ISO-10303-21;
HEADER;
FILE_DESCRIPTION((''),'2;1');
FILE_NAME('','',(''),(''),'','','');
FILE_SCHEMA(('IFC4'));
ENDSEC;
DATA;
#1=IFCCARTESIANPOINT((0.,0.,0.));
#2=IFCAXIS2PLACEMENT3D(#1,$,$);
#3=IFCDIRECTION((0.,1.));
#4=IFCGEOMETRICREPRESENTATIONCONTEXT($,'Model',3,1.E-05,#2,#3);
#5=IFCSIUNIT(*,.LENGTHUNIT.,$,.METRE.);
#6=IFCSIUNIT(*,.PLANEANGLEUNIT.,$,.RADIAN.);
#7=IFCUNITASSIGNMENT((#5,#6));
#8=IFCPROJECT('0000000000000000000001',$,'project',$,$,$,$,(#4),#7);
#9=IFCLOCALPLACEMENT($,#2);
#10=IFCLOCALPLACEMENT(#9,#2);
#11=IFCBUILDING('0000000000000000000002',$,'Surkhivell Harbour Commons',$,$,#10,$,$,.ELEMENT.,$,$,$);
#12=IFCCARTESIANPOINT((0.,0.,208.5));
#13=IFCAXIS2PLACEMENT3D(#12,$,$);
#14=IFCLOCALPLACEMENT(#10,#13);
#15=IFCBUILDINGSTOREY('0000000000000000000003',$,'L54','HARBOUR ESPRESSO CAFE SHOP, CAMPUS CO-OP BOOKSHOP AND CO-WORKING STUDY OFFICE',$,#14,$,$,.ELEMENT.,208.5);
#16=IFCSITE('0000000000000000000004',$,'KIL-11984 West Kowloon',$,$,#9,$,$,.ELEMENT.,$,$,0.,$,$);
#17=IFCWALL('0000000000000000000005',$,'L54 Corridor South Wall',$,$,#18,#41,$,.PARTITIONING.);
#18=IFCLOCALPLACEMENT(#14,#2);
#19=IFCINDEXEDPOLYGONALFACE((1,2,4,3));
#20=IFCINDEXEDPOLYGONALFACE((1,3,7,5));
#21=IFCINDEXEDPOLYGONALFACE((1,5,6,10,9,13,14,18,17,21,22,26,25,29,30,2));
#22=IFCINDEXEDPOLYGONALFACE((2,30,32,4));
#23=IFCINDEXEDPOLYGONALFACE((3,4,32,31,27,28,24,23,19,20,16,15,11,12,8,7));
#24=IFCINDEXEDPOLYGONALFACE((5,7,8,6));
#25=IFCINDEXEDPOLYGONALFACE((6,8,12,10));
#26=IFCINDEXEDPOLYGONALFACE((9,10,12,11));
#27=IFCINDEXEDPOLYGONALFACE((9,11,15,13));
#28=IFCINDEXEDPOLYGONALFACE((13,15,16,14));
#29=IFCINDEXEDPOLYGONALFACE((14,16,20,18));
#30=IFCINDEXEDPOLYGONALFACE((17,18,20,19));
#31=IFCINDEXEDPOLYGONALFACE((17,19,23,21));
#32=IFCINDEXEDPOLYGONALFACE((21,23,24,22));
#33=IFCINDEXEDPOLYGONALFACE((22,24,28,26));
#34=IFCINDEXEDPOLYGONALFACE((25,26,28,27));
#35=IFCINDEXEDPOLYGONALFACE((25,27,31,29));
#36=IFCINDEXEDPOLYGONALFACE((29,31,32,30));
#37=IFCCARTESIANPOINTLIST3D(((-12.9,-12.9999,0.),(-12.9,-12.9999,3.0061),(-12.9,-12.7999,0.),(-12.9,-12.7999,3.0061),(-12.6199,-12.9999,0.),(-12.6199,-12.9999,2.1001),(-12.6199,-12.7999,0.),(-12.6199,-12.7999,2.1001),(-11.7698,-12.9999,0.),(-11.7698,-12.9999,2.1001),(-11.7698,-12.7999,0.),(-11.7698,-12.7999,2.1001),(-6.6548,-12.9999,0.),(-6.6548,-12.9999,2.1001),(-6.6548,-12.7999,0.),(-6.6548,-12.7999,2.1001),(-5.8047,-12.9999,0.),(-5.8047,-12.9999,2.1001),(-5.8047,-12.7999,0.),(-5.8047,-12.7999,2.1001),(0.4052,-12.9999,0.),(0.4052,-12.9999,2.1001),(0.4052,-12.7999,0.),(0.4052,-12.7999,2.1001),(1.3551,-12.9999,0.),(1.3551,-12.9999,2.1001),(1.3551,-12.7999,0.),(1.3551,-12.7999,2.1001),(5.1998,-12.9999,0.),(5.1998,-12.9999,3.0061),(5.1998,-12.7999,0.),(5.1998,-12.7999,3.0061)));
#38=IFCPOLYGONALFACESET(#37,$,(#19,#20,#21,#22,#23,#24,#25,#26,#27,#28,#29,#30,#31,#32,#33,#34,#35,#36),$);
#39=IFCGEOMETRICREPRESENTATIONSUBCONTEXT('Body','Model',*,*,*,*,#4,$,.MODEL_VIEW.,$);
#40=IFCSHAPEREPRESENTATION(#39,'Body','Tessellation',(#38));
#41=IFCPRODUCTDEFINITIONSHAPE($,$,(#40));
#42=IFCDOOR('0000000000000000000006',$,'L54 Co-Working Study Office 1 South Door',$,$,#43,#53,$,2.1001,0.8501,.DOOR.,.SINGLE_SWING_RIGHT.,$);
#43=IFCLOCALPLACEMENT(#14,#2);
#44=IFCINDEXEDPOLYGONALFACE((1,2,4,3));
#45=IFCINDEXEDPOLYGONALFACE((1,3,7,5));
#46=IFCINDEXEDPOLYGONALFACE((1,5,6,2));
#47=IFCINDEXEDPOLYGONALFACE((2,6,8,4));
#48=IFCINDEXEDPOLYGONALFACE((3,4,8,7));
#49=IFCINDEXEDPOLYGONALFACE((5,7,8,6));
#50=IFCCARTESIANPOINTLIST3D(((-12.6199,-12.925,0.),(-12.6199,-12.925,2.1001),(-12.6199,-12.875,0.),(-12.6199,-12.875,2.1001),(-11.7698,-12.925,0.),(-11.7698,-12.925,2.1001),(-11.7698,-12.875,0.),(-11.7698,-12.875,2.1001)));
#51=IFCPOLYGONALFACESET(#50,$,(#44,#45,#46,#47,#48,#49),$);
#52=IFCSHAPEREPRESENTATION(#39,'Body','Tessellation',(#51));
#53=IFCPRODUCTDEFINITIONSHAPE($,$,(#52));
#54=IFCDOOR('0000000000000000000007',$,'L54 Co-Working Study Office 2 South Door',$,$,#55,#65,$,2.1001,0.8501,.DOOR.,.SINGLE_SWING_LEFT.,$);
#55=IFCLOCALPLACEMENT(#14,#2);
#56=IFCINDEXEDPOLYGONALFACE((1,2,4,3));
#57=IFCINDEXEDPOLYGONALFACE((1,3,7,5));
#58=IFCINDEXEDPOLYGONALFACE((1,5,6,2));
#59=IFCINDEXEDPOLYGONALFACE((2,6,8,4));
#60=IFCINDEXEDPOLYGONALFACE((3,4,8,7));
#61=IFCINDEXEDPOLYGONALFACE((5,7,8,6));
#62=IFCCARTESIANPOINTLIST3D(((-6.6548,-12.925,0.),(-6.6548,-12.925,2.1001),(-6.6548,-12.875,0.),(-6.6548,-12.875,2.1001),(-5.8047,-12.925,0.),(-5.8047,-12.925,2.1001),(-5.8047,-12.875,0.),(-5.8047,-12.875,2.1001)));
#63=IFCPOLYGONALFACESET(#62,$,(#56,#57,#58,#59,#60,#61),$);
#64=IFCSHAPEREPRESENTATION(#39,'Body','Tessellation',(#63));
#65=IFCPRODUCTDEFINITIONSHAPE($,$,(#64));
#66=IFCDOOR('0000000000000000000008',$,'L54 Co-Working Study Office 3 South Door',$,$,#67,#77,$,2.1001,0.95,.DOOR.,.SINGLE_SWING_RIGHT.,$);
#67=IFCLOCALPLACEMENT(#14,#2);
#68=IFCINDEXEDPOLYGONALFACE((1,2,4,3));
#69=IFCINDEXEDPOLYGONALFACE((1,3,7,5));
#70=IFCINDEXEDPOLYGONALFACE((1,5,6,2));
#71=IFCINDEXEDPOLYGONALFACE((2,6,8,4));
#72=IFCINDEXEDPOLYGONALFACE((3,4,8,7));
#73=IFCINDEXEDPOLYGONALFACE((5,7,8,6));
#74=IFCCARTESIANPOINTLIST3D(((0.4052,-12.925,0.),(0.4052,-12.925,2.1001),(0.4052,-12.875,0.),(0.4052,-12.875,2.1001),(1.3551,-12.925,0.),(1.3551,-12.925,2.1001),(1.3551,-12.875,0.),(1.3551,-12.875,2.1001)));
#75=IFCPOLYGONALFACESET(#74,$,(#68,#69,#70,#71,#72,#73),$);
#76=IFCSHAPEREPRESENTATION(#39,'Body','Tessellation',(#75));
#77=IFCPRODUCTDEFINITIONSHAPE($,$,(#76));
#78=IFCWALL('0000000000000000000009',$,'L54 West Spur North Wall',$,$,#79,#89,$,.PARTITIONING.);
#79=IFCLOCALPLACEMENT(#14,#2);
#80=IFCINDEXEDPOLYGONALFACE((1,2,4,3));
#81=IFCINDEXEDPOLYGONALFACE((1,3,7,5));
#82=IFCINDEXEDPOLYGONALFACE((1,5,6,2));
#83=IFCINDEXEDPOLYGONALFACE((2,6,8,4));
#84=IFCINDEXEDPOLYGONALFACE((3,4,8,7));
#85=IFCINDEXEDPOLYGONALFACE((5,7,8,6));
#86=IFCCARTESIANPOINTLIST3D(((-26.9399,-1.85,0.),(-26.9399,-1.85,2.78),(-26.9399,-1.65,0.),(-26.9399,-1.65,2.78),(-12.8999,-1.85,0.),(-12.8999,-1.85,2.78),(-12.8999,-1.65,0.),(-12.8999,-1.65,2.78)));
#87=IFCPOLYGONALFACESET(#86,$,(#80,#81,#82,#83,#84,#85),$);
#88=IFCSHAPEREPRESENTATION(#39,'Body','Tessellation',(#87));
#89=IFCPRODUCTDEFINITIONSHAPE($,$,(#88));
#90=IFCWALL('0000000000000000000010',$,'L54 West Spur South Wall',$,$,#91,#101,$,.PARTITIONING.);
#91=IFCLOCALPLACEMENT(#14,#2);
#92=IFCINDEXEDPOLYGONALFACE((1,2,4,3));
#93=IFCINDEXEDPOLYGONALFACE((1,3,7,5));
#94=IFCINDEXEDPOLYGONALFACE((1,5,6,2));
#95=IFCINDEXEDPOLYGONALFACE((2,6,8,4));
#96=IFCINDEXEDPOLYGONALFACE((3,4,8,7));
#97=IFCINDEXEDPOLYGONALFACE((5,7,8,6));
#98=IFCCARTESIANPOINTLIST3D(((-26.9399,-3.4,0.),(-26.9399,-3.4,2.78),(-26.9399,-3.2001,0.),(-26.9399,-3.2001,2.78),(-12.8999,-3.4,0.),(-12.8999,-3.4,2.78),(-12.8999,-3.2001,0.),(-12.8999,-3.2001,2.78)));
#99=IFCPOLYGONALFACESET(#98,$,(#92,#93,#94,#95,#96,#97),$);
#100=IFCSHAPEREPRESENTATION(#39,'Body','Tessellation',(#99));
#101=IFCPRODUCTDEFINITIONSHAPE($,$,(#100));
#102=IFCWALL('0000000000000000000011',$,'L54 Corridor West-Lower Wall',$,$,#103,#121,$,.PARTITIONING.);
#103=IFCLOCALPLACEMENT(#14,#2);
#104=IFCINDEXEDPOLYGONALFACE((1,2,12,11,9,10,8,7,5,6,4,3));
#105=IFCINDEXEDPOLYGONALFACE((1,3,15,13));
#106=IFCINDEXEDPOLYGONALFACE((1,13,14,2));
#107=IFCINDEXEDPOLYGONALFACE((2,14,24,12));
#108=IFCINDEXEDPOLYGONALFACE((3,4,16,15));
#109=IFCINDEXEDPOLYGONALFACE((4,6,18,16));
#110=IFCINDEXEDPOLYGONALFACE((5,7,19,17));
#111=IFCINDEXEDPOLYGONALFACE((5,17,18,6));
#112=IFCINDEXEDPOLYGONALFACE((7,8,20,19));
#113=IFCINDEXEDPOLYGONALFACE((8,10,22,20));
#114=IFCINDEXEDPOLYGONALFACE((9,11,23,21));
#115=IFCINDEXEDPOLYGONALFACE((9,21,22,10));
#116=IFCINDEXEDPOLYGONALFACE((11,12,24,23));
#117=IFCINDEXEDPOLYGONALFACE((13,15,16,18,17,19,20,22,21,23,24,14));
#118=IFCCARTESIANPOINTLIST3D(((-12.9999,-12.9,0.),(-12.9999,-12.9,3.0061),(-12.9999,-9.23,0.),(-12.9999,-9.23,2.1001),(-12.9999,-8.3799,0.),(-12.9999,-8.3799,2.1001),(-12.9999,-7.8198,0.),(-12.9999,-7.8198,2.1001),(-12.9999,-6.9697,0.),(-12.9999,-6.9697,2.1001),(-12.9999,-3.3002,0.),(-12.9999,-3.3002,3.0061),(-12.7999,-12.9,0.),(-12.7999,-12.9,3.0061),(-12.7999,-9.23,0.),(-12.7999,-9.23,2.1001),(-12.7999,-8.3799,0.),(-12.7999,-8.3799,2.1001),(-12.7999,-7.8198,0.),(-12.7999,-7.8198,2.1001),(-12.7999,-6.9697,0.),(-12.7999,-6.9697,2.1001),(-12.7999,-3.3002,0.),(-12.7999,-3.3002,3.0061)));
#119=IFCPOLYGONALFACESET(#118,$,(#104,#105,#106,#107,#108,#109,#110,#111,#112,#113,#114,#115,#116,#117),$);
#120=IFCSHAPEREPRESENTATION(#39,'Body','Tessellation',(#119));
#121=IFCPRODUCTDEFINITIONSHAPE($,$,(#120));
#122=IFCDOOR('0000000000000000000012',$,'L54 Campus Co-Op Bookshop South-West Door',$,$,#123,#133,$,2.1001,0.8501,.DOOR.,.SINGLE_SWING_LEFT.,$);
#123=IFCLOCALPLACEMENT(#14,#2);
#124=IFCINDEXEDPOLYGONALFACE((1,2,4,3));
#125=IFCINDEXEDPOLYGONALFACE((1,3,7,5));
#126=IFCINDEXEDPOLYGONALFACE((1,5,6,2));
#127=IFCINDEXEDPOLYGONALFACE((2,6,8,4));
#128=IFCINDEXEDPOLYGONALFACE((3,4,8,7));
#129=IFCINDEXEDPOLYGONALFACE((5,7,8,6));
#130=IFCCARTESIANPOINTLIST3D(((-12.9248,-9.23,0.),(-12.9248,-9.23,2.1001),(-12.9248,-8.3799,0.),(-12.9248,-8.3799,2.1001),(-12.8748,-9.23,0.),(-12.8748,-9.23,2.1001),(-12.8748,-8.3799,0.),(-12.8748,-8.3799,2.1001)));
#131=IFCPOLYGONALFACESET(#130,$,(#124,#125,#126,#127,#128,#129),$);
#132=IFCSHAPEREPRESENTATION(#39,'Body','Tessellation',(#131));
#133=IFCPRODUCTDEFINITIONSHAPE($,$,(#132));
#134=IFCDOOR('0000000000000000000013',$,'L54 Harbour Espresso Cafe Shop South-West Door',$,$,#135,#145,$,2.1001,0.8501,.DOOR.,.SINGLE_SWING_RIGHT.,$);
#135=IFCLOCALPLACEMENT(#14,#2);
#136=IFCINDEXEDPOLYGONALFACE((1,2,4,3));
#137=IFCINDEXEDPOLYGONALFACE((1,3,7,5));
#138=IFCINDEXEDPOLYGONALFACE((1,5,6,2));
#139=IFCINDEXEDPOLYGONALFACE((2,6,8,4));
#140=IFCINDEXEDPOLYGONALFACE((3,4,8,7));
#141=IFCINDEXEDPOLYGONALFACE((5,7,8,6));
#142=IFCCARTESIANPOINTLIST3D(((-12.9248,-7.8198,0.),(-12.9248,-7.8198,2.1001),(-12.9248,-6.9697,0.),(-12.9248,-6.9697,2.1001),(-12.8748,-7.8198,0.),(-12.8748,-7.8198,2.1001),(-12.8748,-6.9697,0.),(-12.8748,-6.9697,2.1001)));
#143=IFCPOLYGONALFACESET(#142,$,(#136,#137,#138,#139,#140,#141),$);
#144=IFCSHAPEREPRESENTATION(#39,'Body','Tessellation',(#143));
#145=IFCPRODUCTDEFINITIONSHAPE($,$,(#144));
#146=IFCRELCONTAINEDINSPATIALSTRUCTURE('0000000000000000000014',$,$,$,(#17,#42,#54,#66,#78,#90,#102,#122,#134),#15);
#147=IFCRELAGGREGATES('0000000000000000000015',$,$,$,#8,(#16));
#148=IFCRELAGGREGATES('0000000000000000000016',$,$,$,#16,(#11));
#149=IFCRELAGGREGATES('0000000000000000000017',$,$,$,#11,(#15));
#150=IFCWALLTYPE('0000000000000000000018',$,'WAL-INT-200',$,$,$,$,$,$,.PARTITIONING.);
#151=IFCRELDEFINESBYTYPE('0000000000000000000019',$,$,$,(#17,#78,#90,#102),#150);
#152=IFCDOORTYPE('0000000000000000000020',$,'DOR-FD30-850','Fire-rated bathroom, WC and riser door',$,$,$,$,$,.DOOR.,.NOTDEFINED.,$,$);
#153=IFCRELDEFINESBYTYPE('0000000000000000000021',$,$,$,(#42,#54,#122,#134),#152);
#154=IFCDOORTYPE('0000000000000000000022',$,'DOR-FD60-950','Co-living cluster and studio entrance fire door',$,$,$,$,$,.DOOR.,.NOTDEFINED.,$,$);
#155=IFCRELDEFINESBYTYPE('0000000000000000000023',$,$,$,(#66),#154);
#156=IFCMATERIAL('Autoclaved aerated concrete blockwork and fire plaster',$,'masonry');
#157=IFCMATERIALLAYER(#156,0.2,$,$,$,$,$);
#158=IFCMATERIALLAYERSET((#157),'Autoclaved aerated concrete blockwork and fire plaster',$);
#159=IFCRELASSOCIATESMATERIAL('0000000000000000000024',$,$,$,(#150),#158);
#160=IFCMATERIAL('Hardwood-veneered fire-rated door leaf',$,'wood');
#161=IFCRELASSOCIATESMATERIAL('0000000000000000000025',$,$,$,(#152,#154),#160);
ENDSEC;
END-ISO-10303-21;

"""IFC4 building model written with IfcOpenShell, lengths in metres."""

from ifc_helpers import new_model, si_unit, direction, frame, frame_2d, origin, place, context, subcontext, project, spatial, rectangle, extrude, material, layer, layer_set, type_object, element, fill, save


model = new_model("IFC4")

# Units and contexts
model_context = context("Model", 3, precision=1e-05, world=origin(), true_north=direction((0.0, 1.0)))
body_context = subcontext(model_context, "Body", "Model", "MODEL_VIEW")
ifc_project = project(units=[si_unit("LENGTHUNIT", "METRE"), si_unit("PLANEANGLEUNIT", "RADIAN")], contexts=[model_context])

# Site, building, storey
site_placement = place(None, origin())
site = spatial("IfcSite", under=ifc_project, at=site_placement, Name="KIL-11984 West Kowloon", CompositionType="ELEMENT", RefElevation=0.0)
building_placement = place(site_placement, origin())
building = spatial("IfcBuilding", under=site, at=building_placement, Name="Surkhivell Harbour Commons", CompositionType="ELEMENT")
storey_placement = place(building_placement, frame((0.0, 0.0, 208.5)))
storey = spatial("IfcBuildingStorey", under=building, at=storey_placement, Name="L54", Description="HARBOUR ESPRESSO CAFE SHOP, CAMPUS CO-OP BOOKSHOP AND CO-WORKING STUDY OFFICE", CompositionType="ELEMENT", Elevation=208.5)

# Wall, openings, doors
ifc_material_1 = material(Name="Autoclaved aerated concrete blockwork and fire plaster", Category="masonry")
ifc_layer_1 = layer(ifc_material_1, 0.2)
ifc_layer_set_1 = layer_set([ifc_layer_1], Name="Autoclaved aerated concrete blockwork and fire plaster")
wall_type_1 = type_object("IfcWallType", Name="WAL-INT-200", PredefinedType="PARTITIONING", material=ifc_layer_set_1)
wall_1_placement = place(storey_placement, frame((-12.8999, -12.8999, 0.0), z_axis=(0.0, 0.0, 1.0), x_axis=(1.0, 0.0, 0.0)))
wall_1 = element("IfcWall", 1, at=wall_1_placement, inside=storey, type_object=wall_type_1, Name="L54 Corridor South Wall", PredefinedType="PARTITIONING", context=body_context, shape_type="SweptSolid", body=[
    extrude(rectangle(XDim=18.0999, YDim=0.2, at=frame_2d((9.0498, 0.0))), origin(), (0.0, 0.0, 1.0), 3.0061),
])
opening_1_placement = place(wall_1_placement, frame((0.28, 0.0, 0.0)))
opening_1 = element("IfcOpeningElement", 2, at=opening_1_placement, cuts=wall_1, PredefinedType="OPENING", context=body_context, shape_type="SweptSolid", body=[
    extrude(rectangle(XDim=0.8501, YDim=2.1001, at=frame_2d((0.425, 1.05))), frame((0.0, 0.1099, 0.0), z_axis=(0.0, -1.0, 0.0), x_axis=(1.0, 0.0, 0.0)), (0.0, 0.0, 1.0), 0.22),
])
opening_2_placement = place(wall_1_placement, frame((6.2451, 0.0, 0.0)))
opening_2 = element("IfcOpeningElement", 3, at=opening_2_placement, cuts=wall_1, PredefinedType="OPENING", context=body_context, shape_type="SweptSolid", body=[
    extrude(rectangle(XDim=0.8501, YDim=2.1001, at=frame_2d((0.425, 1.05))), frame((0.0, 0.1099, 0.0), z_axis=(0.0, -1.0, 0.0), x_axis=(1.0, 0.0, 0.0)), (0.0, 0.0, 1.0), 0.22),
])
opening_3_placement = place(wall_1_placement, frame((13.3049, 0.0, 0.0)))
opening_3 = element("IfcOpeningElement", 4, at=opening_3_placement, cuts=wall_1, PredefinedType="OPENING", context=body_context, shape_type="SweptSolid", body=[
    extrude(rectangle(XDim=0.95, YDim=2.1001, at=frame_2d((0.4751, 1.05))), frame((0.0, 0.1099, 0.0), z_axis=(0.0, -1.0, 0.0), x_axis=(1.0, 0.0, 0.0)), (0.0, 0.0, 1.0), 0.22),
])
ifc_material_2 = material(Name="Hardwood-veneered fire-rated door leaf", Category="wood")
door_type_1 = type_object("IfcDoorType", Name="DOR-FD30-850", Description="Fire-rated bathroom, WC and riser door", OperationType="NOTDEFINED", PredefinedType="DOOR", material=ifc_material_2)
door_1_placement = place(opening_1_placement, origin())
door_1 = element("IfcDoor", 5, at=door_1_placement, inside=storey, type_object=door_type_1, Name="L54 Co-Working Study Office 1 South Door", OperationType="SINGLE_SWING_RIGHT", OverallHeight=2.1001, OverallWidth=0.8501, PredefinedType="DOOR", context=body_context, shape_type="SweptSolid", body=[
    extrude(rectangle(XDim=0.8501, YDim=2.1001, at=frame_2d((0.425, 1.05))), frame((0.0, 0.0249, 0.0), z_axis=(0.0, -1.0, 0.0), x_axis=(1.0, 0.0, 0.0)), (0.0, 0.0, 1.0), 0.05),
])
fill(opening_1, door_1)
door_2_placement = place(opening_2_placement, origin())
door_2 = element("IfcDoor", 6, at=door_2_placement, inside=storey, type_object=door_type_1, Name="L54 Co-Working Study Office 2 South Door", OperationType="SINGLE_SWING_LEFT", OverallHeight=2.1001, OverallWidth=0.8501, PredefinedType="DOOR", context=body_context, shape_type="SweptSolid", body=[
    extrude(rectangle(XDim=0.8501, YDim=2.1001, at=frame_2d((0.425, 1.05))), frame((0.0, 0.0249, 0.0), z_axis=(0.0, -1.0, 0.0), x_axis=(1.0, 0.0, 0.0)), (0.0, 0.0, 1.0), 0.05),
])
fill(opening_2, door_2)
door_type_2 = type_object("IfcDoorType", Name="DOR-FD60-950", Description="Co-living cluster and studio entrance fire door", OperationType="NOTDEFINED", PredefinedType="DOOR", material=ifc_material_2)
door_3_placement = place(opening_3_placement, origin())
door_3 = element("IfcDoor", 7, at=door_3_placement, inside=storey, type_object=door_type_2, Name="L54 Co-Working Study Office 3 South Door", OperationType="SINGLE_SWING_RIGHT", OverallHeight=2.1001, OverallWidth=0.95, PredefinedType="DOOR", context=body_context, shape_type="SweptSolid", body=[
    extrude(rectangle(XDim=0.95, YDim=2.1001, at=frame_2d((0.4751, 1.05))), frame((0.0, 0.0249, 0.0), z_axis=(0.0, -1.0, 0.0), x_axis=(1.0, 0.0, 0.0)), (0.0, 0.0, 1.0), 0.05),
])
fill(opening_3, door_3)

# Walls
for number, where, z_axis, x_axis, name in (
    (8, (-26.9399, -1.75, 0.0), (0.0, 0.0, 1.0), (1.0, 0.0, 0.0), "L54 West Spur North Wall"),
    (9, (-26.9399, -3.3, 0.0), (0.0, 0.0, 1.0), (1.0, 0.0, 0.0), "L54 West Spur South Wall"),
):
    element("IfcWall", number, at=place(storey_placement, frame(where, z_axis=z_axis, x_axis=x_axis)), inside=storey, type_object=wall_type_1, Name=name, PredefinedType="PARTITIONING", context=body_context, shape_type="SweptSolid", body=[
        extrude(rectangle(XDim=14.04, YDim=0.2, at=frame_2d((7.02, 0.0))), origin(), (0.0, 0.0, 1.0), 2.78),
    ])

# Wall, openings, doors
wall_2_placement = place(storey_placement, frame((-12.8999, -12.8999, 0.0), z_axis=(0.0, 0.0, 1.0), x_axis=(0.0, 1.0, 0.0)))
wall_2 = element("IfcWall", 10, at=wall_2_placement, inside=storey, type_object=wall_type_1, Name="L54 Corridor West-Lower Wall", PredefinedType="PARTITIONING", context=body_context, shape_type="SweptSolid", body=[
    extrude(rectangle(XDim=9.5999, YDim=0.2, at=frame_2d((4.7998, 0.0))), origin(), (0.0, 0.0, 1.0), 3.0061),
])
opening_4_placement = place(wall_2_placement, frame((3.6699, 0.0, 0.0)))
opening_4 = element("IfcOpeningElement", 11, at=opening_4_placement, cuts=wall_2, PredefinedType="OPENING", context=body_context, shape_type="SweptSolid", body=[
    extrude(rectangle(XDim=0.8501, YDim=2.1001, at=frame_2d((0.425, 1.05))), frame((0.0, 0.1099, 0.0), z_axis=(0.0, -1.0, 0.0), x_axis=(1.0, 0.0, 0.0)), (0.0, 0.0, 1.0), 0.22),
])
opening_5_placement = place(wall_2_placement, frame((5.0801, 0.0, 0.0)))
opening_5 = element("IfcOpeningElement", 12, at=opening_5_placement, cuts=wall_2, PredefinedType="OPENING", context=body_context, shape_type="SweptSolid", body=[
    extrude(rectangle(XDim=0.8501, YDim=2.1001, at=frame_2d((0.425, 1.05))), frame((0.0, 0.1099, 0.0), z_axis=(0.0, -1.0, 0.0), x_axis=(1.0, 0.0, 0.0)), (0.0, 0.0, 1.0), 0.22),
])
door_4_placement = place(opening_4_placement, origin())
door_4 = element("IfcDoor", 13, at=door_4_placement, inside=storey, type_object=door_type_1, Name="L54 Campus Co-Op Bookshop South-West Door", OperationType="SINGLE_SWING_LEFT", OverallHeight=2.1001, OverallWidth=0.8501, PredefinedType="DOOR", context=body_context, shape_type="SweptSolid", body=[
    extrude(rectangle(XDim=0.8501, YDim=2.1001, at=frame_2d((0.425, 1.05))), frame((0.0, 0.0249, 0.0), z_axis=(0.0, -1.0, 0.0), x_axis=(1.0, 0.0, 0.0)), (0.0, 0.0, 1.0), 0.05),
])
fill(opening_4, door_4)
door_5_placement = place(opening_5_placement, origin())
door_5 = element("IfcDoor", 14, at=door_5_placement, inside=storey, type_object=door_type_1, Name="L54 Harbour Espresso Cafe Shop South-West Door", OperationType="SINGLE_SWING_RIGHT", OverallHeight=2.1001, OverallWidth=0.8501, PredefinedType="DOOR", context=body_context, shape_type="SweptSolid", body=[
    extrude(rectangle(XDim=0.8501, YDim=2.1001, at=frame_2d((0.425, 1.05))), frame((0.0, 0.0249, 0.0), z_axis=(0.0, -1.0, 0.0), x_axis=(1.0, 0.0, 0.0)), (0.0, 0.0, 1.0), 0.05),
])
fill(opening_5, door_5)

save(model, "model.ifc")
